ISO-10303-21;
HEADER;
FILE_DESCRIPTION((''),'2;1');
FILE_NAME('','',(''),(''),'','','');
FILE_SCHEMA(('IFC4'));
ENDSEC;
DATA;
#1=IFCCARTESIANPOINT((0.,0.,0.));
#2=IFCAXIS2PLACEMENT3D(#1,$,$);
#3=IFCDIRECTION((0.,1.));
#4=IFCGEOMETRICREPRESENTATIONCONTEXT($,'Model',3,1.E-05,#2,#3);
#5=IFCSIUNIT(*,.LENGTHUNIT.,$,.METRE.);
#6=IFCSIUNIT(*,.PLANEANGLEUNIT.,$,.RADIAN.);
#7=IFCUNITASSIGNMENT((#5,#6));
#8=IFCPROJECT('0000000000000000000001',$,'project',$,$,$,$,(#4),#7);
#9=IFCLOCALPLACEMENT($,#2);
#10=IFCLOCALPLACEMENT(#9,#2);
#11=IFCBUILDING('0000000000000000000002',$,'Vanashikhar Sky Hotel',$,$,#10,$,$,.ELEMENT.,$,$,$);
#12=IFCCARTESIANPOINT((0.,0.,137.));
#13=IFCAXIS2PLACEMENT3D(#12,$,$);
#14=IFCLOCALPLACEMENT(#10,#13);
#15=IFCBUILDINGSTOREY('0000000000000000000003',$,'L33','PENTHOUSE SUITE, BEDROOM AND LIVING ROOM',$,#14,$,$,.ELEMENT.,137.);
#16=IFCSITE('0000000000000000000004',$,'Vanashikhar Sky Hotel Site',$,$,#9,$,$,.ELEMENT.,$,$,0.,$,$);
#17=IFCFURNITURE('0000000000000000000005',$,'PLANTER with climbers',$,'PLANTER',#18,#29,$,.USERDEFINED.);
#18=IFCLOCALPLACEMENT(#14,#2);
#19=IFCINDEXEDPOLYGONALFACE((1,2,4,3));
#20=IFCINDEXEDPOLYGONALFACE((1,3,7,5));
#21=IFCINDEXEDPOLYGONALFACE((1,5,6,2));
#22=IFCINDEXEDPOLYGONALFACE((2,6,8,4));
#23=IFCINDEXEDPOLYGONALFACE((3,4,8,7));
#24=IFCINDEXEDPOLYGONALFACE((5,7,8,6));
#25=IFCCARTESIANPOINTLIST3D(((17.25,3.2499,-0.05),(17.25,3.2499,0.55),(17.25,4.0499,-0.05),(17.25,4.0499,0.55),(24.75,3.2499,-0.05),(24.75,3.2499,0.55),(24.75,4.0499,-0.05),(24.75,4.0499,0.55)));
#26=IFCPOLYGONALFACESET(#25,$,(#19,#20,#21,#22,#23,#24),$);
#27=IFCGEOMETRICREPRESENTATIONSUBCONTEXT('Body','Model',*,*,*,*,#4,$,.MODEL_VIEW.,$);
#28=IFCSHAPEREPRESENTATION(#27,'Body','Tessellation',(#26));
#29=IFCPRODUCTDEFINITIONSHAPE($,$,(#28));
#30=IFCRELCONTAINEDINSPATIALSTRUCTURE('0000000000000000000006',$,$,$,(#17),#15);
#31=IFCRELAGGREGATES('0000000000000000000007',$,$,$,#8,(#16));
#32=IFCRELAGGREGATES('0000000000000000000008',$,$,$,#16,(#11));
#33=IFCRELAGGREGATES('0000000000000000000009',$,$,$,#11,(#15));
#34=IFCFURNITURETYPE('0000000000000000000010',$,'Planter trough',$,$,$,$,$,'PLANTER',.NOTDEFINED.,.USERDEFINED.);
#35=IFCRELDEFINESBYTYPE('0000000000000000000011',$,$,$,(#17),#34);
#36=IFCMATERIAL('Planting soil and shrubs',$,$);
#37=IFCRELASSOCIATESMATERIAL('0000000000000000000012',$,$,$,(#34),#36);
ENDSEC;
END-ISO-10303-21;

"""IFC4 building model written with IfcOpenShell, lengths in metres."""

from ifc_helpers import new_model, si_unit, direction, frame, origin, origin_2d, place, context, subcontext, project, spatial, rectangle, extrude, source, transform, mapped, material, type_object, element, save


model = new_model("IFC4")

# Units and contexts
model_context = context("Model", 3, precision=1e-05, world=origin(), true_north=direction((0.0, 1.0)))
body_context = subcontext(model_context, "Body", "Model", "MODEL_VIEW")
ifc_project = project(units=[si_unit("LENGTHUNIT", "METRE"), si_unit("PLANEANGLEUNIT", "RADIAN")], contexts=[model_context])

# Site, building, storey
site_placement = place(None, origin())
site = spatial("IfcSite", under=ifc_project, at=site_placement, Name="Vanashikhar Sky Hotel Site", CompositionType="ELEMENT", RefElevation=0.0)
building_placement = place(site_placement, origin())
building = spatial("IfcBuilding", under=site, at=building_placement, Name="Vanashikhar Sky Hotel", CompositionType="ELEMENT")
storey_placement = place(building_placement, frame((0.0, 0.0, 137.0)))
storey = spatial("IfcBuildingStorey", under=building, at=storey_placement, Name="L33", Description="PENTHOUSE SUITE, BEDROOM AND LIVING ROOM", CompositionType="ELEMENT", Elevation=137.0)

# Furniture
ifc_material_1 = material(Name="Planting soil and shrubs")
furniture_type = type_object("IfcFurnitureType", Name="Planter trough", ElementType="PLANTER", AssemblyPlace="NOTDEFINED", PredefinedType="USERDEFINED", material=ifc_material_1)
shared_shape_1 = source(origin(), body_context, "Body", "SweptSolid", [
    extrude(rectangle(XDim=7.5, YDim=0.8, at=origin_2d()), origin(), (0.0, 0.0, 1.0), 0.6001),
])
furniture_placement = place(storey_placement, frame((21.0, 3.6499, -0.05), z_axis=(0.0, 0.0, 1.0), x_axis=(1.0, 0.0, 0.0)))
element("IfcFurniture", 1, at=furniture_placement, inside=storey, type_object=furniture_type, Name="PLANTER with climbers", ObjectType="PLANTER", PredefinedType="USERDEFINED", context=body_context, shape_type="MappedRepresentation", body=[
    mapped(shared_shape_1, transform((0.0, 0.0, 0.0), scale=1.0)),
])

save(model, "model.ifc")
